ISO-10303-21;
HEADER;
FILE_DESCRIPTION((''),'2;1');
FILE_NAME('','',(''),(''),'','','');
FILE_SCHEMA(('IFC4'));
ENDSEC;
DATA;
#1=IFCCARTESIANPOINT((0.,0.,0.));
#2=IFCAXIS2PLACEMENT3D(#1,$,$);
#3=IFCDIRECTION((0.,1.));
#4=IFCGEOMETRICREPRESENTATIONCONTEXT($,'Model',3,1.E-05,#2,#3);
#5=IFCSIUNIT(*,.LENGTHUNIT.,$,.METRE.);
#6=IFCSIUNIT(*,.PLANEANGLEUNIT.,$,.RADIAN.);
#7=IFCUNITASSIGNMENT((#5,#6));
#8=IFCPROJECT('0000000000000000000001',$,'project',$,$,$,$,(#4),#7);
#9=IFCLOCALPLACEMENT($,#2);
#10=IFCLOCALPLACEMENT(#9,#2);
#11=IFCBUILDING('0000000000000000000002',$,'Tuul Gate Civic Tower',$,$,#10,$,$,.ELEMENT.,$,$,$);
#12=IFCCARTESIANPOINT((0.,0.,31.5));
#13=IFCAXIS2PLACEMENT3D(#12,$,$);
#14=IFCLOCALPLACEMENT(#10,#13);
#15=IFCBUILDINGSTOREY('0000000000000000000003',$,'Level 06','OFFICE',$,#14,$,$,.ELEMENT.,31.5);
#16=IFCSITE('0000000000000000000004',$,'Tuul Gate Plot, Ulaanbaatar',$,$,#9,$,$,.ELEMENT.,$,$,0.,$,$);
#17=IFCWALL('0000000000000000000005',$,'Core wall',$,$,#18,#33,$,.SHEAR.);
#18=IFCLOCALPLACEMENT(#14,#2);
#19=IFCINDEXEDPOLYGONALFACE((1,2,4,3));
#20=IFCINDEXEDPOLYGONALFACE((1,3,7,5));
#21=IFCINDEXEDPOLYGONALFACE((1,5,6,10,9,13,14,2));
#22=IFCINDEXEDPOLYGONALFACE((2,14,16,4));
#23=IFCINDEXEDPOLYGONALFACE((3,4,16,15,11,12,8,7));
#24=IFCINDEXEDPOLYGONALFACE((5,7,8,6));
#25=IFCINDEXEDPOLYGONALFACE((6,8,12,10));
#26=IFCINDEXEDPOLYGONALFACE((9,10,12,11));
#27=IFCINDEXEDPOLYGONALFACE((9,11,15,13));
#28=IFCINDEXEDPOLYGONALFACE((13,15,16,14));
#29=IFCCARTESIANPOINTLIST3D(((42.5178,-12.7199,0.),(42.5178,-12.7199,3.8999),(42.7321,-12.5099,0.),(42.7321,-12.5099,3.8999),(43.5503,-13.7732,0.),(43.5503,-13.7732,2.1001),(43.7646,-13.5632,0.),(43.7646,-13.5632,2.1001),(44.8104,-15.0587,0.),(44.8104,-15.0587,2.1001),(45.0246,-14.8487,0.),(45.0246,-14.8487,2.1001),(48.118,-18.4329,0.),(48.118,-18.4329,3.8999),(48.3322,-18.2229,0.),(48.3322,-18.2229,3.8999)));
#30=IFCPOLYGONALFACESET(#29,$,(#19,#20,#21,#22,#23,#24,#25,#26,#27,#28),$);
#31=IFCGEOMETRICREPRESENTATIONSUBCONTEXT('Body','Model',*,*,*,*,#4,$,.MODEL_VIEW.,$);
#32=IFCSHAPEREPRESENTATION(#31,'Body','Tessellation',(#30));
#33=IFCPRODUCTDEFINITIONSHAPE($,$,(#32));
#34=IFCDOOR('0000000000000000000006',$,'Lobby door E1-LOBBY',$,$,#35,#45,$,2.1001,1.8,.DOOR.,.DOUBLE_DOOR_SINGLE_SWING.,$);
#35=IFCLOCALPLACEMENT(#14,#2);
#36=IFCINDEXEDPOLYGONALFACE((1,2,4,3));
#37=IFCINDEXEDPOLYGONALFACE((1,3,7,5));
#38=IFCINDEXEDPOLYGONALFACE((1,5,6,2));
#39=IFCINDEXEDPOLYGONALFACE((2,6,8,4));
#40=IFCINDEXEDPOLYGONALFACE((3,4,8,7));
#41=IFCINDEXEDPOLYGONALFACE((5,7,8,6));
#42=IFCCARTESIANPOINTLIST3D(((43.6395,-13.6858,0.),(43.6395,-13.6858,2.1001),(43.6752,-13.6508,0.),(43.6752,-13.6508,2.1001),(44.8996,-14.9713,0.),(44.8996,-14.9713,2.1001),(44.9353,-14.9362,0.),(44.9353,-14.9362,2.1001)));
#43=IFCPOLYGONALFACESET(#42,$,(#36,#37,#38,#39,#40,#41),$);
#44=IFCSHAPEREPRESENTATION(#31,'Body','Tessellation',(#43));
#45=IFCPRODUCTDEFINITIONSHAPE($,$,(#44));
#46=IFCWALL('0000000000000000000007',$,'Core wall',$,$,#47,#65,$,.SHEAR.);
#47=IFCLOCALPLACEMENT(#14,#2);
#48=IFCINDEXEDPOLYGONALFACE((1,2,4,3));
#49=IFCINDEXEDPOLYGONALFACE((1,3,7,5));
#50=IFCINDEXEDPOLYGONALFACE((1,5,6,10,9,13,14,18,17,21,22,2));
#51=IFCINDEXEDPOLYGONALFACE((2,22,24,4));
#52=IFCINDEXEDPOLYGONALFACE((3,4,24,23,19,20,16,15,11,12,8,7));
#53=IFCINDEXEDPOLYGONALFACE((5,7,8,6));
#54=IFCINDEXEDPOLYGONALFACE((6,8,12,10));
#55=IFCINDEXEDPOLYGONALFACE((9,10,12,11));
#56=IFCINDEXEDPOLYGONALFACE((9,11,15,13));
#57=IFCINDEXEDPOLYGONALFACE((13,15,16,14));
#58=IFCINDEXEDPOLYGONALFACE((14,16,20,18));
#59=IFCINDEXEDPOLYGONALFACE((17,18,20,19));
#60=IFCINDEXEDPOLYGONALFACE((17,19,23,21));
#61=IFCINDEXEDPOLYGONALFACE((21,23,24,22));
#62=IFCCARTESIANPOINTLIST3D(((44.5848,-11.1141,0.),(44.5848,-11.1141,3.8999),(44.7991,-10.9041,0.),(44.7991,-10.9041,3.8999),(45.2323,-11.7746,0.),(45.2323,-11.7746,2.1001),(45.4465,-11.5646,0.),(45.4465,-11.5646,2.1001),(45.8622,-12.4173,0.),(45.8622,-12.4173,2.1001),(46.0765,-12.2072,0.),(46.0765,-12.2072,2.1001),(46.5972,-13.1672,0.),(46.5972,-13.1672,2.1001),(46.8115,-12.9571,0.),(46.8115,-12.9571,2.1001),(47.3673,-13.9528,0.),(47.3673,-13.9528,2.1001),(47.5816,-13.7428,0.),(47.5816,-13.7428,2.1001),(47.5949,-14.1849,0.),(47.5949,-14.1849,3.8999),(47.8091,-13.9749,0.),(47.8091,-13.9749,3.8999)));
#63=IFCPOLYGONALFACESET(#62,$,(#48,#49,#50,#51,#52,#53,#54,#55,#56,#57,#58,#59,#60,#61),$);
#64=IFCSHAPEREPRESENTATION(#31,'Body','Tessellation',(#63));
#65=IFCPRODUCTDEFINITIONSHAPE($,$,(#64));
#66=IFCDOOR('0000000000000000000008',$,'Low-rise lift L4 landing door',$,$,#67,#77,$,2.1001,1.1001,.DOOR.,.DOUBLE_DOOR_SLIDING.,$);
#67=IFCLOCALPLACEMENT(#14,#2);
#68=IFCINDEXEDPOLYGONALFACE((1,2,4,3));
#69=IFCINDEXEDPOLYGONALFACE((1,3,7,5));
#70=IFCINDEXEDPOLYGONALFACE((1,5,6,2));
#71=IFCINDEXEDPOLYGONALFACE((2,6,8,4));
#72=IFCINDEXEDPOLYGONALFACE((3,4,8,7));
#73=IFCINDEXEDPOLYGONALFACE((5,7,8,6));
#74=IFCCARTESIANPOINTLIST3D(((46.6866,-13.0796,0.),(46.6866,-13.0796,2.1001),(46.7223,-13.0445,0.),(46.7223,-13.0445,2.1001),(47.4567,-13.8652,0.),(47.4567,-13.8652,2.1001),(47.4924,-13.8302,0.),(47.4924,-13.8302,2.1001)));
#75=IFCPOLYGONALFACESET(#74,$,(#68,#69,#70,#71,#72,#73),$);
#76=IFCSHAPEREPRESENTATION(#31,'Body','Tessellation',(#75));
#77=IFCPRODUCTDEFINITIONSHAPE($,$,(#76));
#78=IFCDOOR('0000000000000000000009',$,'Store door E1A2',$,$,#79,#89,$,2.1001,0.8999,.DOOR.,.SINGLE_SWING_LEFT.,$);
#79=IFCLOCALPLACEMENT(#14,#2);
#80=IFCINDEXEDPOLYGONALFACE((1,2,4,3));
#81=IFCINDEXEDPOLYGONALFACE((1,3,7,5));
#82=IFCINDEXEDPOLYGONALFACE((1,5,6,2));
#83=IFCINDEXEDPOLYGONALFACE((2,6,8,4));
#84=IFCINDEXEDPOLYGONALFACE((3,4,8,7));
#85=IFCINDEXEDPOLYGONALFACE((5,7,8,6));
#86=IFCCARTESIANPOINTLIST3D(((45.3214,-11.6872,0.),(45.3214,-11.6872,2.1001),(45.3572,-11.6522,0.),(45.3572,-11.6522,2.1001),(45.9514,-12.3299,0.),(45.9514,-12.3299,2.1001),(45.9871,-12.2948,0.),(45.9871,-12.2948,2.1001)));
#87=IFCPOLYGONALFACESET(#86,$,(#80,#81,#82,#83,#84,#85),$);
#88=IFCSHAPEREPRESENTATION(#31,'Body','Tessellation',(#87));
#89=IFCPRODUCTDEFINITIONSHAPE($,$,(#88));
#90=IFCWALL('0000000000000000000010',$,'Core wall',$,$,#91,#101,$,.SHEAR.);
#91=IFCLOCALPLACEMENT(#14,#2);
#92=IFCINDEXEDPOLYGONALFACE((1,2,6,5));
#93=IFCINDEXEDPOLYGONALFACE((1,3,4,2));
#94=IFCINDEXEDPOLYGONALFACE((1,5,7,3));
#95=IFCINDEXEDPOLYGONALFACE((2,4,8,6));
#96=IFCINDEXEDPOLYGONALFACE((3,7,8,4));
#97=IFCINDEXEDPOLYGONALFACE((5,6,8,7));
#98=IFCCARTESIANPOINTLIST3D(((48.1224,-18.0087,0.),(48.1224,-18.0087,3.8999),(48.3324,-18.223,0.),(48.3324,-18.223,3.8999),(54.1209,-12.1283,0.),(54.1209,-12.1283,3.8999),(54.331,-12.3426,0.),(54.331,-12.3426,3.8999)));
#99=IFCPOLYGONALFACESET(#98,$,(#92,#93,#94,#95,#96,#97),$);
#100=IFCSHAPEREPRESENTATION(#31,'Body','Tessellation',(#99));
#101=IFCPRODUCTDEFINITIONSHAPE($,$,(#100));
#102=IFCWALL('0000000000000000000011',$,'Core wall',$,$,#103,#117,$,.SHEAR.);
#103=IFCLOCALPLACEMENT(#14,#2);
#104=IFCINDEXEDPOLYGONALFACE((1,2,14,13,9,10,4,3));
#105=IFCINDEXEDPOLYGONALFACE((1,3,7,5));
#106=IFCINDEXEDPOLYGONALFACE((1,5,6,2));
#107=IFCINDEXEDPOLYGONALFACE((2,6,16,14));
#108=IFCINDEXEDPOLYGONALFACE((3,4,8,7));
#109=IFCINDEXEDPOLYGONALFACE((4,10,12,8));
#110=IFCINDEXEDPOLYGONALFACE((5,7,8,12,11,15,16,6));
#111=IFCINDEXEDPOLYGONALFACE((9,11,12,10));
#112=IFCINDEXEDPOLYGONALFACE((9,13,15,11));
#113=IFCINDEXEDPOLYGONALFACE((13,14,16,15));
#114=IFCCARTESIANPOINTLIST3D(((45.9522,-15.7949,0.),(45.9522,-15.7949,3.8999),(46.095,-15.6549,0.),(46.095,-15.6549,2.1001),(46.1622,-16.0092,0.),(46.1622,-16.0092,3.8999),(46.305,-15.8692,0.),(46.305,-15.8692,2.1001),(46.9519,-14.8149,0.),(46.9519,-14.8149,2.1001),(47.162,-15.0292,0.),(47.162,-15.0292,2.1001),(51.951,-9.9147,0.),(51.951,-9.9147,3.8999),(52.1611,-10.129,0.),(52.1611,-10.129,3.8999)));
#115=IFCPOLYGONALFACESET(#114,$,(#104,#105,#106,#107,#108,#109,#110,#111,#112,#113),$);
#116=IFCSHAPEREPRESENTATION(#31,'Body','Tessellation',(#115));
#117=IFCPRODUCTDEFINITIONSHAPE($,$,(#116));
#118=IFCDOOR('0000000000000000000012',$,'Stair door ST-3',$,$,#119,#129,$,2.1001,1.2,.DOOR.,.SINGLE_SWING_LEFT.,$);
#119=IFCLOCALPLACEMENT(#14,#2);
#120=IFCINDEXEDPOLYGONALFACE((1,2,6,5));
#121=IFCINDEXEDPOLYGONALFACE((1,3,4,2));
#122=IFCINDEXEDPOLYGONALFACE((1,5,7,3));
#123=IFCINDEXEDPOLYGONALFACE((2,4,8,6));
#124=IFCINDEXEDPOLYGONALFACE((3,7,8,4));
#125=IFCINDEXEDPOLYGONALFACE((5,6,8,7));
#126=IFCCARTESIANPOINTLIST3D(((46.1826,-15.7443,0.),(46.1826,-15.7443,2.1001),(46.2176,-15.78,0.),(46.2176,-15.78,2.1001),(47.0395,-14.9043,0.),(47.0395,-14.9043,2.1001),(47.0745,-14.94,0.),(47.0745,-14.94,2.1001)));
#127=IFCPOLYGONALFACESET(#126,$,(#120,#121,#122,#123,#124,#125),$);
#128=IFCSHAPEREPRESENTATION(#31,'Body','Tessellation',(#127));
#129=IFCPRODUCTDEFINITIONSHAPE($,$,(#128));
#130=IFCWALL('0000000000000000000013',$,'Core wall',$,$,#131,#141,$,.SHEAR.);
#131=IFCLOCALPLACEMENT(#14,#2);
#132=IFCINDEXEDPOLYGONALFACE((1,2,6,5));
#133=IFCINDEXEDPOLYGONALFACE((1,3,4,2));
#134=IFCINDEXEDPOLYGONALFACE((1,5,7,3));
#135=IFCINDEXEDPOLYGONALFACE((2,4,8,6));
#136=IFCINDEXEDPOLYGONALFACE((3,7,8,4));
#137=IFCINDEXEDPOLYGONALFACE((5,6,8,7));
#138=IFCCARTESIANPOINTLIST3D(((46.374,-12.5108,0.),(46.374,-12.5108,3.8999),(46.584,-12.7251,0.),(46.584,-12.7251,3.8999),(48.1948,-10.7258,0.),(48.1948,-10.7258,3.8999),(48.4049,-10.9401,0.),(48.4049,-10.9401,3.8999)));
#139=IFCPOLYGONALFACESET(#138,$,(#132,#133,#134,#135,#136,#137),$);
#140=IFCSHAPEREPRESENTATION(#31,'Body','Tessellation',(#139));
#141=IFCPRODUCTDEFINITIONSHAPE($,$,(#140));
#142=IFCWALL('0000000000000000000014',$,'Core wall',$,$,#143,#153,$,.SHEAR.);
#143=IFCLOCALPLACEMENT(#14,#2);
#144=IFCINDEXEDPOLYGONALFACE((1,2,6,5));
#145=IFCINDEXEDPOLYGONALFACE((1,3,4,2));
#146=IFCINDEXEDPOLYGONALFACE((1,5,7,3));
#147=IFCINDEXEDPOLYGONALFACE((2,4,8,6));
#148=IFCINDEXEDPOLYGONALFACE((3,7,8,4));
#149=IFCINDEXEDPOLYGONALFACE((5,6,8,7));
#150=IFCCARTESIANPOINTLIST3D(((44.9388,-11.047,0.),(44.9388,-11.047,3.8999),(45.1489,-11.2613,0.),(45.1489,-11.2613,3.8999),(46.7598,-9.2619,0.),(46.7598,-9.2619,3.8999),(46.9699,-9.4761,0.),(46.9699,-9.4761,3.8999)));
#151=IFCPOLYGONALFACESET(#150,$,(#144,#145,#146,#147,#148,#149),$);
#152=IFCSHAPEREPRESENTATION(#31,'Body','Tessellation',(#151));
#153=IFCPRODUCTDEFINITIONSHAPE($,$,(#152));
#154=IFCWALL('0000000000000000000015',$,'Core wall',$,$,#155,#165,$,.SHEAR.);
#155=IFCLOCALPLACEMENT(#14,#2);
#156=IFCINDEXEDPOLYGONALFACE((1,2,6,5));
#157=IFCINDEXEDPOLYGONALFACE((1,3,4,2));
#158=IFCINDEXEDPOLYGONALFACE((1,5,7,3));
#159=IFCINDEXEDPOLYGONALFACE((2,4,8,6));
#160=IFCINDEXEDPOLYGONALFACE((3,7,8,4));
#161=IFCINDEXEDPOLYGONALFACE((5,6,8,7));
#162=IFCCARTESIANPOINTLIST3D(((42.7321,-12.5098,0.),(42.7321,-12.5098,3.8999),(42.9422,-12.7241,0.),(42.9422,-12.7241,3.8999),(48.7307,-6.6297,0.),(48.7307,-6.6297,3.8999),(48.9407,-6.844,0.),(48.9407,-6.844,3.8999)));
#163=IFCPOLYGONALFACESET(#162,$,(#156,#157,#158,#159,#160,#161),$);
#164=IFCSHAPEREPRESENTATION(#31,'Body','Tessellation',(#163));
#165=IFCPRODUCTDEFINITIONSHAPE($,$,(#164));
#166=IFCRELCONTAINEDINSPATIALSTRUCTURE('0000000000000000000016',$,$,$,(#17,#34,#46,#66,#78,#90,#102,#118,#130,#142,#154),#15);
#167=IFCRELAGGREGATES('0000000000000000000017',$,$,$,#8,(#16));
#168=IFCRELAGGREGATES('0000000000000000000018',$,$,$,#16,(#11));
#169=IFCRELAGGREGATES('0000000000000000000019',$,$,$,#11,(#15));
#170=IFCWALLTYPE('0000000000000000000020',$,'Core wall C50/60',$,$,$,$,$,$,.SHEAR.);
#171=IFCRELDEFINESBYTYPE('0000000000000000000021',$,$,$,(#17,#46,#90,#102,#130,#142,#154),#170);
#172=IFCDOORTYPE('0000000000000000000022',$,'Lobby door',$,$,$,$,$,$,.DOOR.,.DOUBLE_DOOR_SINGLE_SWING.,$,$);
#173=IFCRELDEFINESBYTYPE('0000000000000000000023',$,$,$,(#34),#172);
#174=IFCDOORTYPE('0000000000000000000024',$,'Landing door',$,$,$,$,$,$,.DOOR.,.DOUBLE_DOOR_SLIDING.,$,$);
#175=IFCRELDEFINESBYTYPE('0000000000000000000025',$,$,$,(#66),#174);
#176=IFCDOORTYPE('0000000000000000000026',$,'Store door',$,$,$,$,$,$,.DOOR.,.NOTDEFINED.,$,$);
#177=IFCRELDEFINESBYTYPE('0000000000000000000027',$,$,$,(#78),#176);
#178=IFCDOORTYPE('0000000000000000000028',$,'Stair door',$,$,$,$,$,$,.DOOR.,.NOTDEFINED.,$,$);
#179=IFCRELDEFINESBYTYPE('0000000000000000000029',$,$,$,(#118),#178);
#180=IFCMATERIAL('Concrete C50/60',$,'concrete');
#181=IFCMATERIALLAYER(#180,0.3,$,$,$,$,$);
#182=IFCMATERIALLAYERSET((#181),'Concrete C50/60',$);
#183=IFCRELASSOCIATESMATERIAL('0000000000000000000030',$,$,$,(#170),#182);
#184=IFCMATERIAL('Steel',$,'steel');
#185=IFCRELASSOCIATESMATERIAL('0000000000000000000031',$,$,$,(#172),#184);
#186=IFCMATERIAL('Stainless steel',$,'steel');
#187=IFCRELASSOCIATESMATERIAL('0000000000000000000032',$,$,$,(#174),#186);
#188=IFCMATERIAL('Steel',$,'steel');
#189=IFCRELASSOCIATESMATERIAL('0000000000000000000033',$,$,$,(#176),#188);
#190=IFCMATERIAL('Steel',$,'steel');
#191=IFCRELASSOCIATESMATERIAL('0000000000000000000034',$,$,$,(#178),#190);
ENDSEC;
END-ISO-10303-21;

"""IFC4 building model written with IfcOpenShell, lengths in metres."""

from ifc_helpers import new_model, si_unit, direction, frame, frame_2d, origin, place, context, subcontext, project, spatial, rectangle, extrude, material, layer, layer_set, type_object, element, fill, save


model = new_model("IFC4")

# Units and contexts
model_context = context("Model", 3, precision=1e-05, world=origin(), true_north=direction((0.0, 1.0)))
body_context = subcontext(model_context, "Body", "Model", "MODEL_VIEW")
ifc_project = project(units=[si_unit("LENGTHUNIT", "METRE"), si_unit("PLANEANGLEUNIT", "RADIAN")], contexts=[model_context])

# Site, building, storey
site_placement = place(None, origin())
site = spatial("IfcSite", under=ifc_project, at=site_placement, Name="Tuul Gate Plot, Ulaanbaatar", CompositionType="ELEMENT", RefElevation=0.0)
building_placement = place(site_placement, origin())
building = spatial("IfcBuilding", under=site, at=building_placement, Name="Tuul Gate Civic Tower", CompositionType="ELEMENT")
storey_placement = place(building_placement, frame((0.0, 0.0, 31.5)))
storey = spatial("IfcBuildingStorey", under=building, at=storey_placement, Name="Level 06", Description="OFFICE", CompositionType="ELEMENT", Elevation=31.5)

# Wall, opening, door
ifc_material_1 = material(Name="Concrete C50/60", Category="concrete")
ifc_layer_1 = layer(ifc_material_1, 0.3)
ifc_layer_set_1 = layer_set([ifc_layer_1], Name="Concrete C50/60")
wall_type_1 = type_object("IfcWallType", Name="Core wall C50/60", PredefinedType="SHEAR", material=ifc_layer_set_1)
wall_1_placement = place(storey_placement, frame((48.2251, -18.3279, 0.0), z_axis=(0.0, 0.0, 1.0), x_axis=(-0.700022, 0.714121, 0.0)))
wall_1 = element("IfcWall", 1, at=wall_1_placement, inside=storey, type_object=wall_type_1, Name="Core wall", PredefinedType="SHEAR", context=body_context, shape_type="SweptSolid", body=[
    extrude(rectangle(XDim=8.0, YDim=0.3, at=frame_2d((4.0, 0.0))), origin(), (0.0, 0.0, 1.0), 3.8999),
])
opening_1_placement = place(wall_1_placement, frame((4.7251, 0.0, 0.0)))
opening_1 = element("IfcOpeningElement", 2, at=opening_1_placement, cuts=wall_1, PredefinedType="OPENING", context=body_context, shape_type="SweptSolid", body=[
    extrude(rectangle(XDim=1.8, YDim=2.1001, at=frame_2d((0.8999, 1.05))), frame((0.0, 0.1602, 0.0), z_axis=(0.0, -1.0, 0.0), x_axis=(1.0, 0.0, 0.0)), (0.0, 0.0, 1.0), 0.3201),
])
ifc_material_2 = material(Name="Steel", Category="steel")
door_type_1 = type_object("IfcDoorType", Name="Lobby door", OperationType="DOUBLE_DOOR_SINGLE_SWING", PredefinedType="DOOR", material=ifc_material_2)
door_1_placement = place(opening_1_placement, frame((1.8, 0.0, 0.0), z_axis=(0.0, 0.0, 1.0), x_axis=(-1.0, 0.0, 0.0)))
door_1 = element("IfcDoor", 3, at=door_1_placement, inside=storey, type_object=door_type_1, Name="Lobby door E1-LOBBY", OperationType="DOUBLE_DOOR_SINGLE_SWING", OverallHeight=2.1001, OverallWidth=1.8, PredefinedType="DOOR", context=body_context, shape_type="SweptSolid", body=[
    extrude(rectangle(XDim=1.8, YDim=2.1001, at=frame_2d((0.9001, 1.05))), frame((0.0, 0.0249, 0.0), z_axis=(0.0, -1.0, 0.0), x_axis=(1.0, 0.0, 0.0)), (0.0, 0.0, 1.0), 0.05),
])
fill(opening_1, door_1)

# Wall, openings, doors
wall_2_placement = place(storey_placement, frame((47.7019, -14.0798, 0.0), z_axis=(0.0, 0.0, 1.0), x_axis=(-0.700003, 0.71414, 0.0)))
wall_2 = element("IfcWall", 4, at=wall_2_placement, inside=storey, type_object=wall_type_1, Name="Core wall", PredefinedType="SHEAR", context=body_context, shape_type="SweptSolid", body=[
    extrude(rectangle(XDim=4.3, YDim=0.3, at=frame_2d((2.1499, 0.0))), origin(), (0.0, 0.0, 1.0), 3.8999),
])
opening_2_placement = place(wall_2_placement, frame((0.325, 0.0, 0.0)))
opening_2 = element("IfcOpeningElement", 5, at=opening_2_placement, cuts=wall_2, PredefinedType="OPENING", context=body_context, shape_type="SweptSolid", body=[
    extrude(rectangle(XDim=1.1001, YDim=2.1001, at=frame_2d((0.55, 1.05))), frame((0.0, 0.1602, 0.0), z_axis=(0.0, -1.0, 0.0), x_axis=(1.0, 0.0, 0.0)), (0.0, 0.0, 1.0), 0.3201),
])
opening_3_placement = place(wall_2_placement, frame((2.4751, 0.0, 0.0)))
opening_3 = element("IfcOpeningElement", 6, at=opening_3_placement, cuts=wall_2, PredefinedType="OPENING", context=body_context, shape_type="SweptSolid", body=[
    extrude(rectangle(XDim=0.8999, YDim=2.1001, at=frame_2d((0.45, 1.05))), frame((0.0, 0.1602, 0.0), z_axis=(0.0, -1.0, 0.0), x_axis=(1.0, 0.0, 0.0)), (0.0, 0.0, 1.0), 0.3201),
])
ifc_material_3 = material(Name="Stainless steel", Category="steel")
door_type_2 = type_object("IfcDoorType", Name="Landing door", OperationType="DOUBLE_DOOR_SLIDING", PredefinedType="DOOR", material=ifc_material_3)
door_2_placement = place(opening_2_placement, origin())
door_2 = element("IfcDoor", 7, at=door_2_placement, inside=storey, type_object=door_type_2, Name="Low-rise lift L4 landing door", OperationType="DOUBLE_DOOR_SLIDING", OverallHeight=2.1001, OverallWidth=1.1001, PredefinedType="DOOR", context=body_context, shape_type="SweptSolid", body=[
    extrude(rectangle(XDim=1.1001, YDim=2.1001, at=frame_2d((0.55, 1.05))), frame((0.0, 0.0249, 0.0), z_axis=(0.0, -1.0, 0.0), x_axis=(1.0, 0.0, 0.0)), (0.0, 0.0, 1.0), 0.05),
])
fill(opening_2, door_2)
ifc_material_4 = material(Name="Steel", Category="steel")
door_type_3 = type_object("IfcDoorType", Name="Store door", OperationType="NOTDEFINED", PredefinedType="DOOR", material=ifc_material_4)
door_3_placement = place(opening_3_placement, frame((0.8999, 0.0, 0.0), z_axis=(0.0, 0.0, 1.0), x_axis=(-1.0, 0.0, 0.0)))
door_3 = element("IfcDoor", 8, at=door_3_placement, inside=storey, type_object=door_type_3, Name="Store door E1A2", OperationType="SINGLE_SWING_LEFT", OverallHeight=2.1001, OverallWidth=0.8999, PredefinedType="DOOR", context=body_context, shape_type="SweptSolid", body=[
    extrude(rectangle(XDim=0.8999, YDim=2.1001, at=frame_2d((0.45, 1.05))), frame((0.0, 0.0249, 0.0), z_axis=(0.0, -1.0, 0.0), x_axis=(1.0, 0.0, 0.0)), (0.0, 0.0, 1.0), 0.05),
])
fill(opening_3, door_3)

# Wall
wall_3_placement = place(storey_placement, frame((48.2273, -18.116, 0.0), z_axis=(0.0, 0.0, 1.0), x_axis=(0.714105, 0.700038, 0.0)))
element("IfcWall", 9, at=wall_3_placement, inside=storey, type_object=wall_type_1, Name="Core wall", PredefinedType="SHEAR", context=body_context, shape_type="SweptSolid", body=[
    extrude(rectangle(XDim=8.4001, YDim=0.3, at=frame_2d((4.2002, 0.0))), origin(), (0.0, 0.0, 1.0), 3.8999),
])

# Wall, opening, door
wall_4_placement = place(storey_placement, frame((46.0571, -15.9021, 0.0), z_axis=(0.0, 0.0, 1.0), x_axis=(0.714134, 0.700009, 0.0)))
wall_4 = element("IfcWall", 10, at=wall_4_placement, inside=storey, type_object=wall_type_1, Name="Core wall", PredefinedType="SHEAR", context=body_context, shape_type="SweptSolid", body=[
    extrude(rectangle(XDim=8.4001, YDim=0.3, at=frame_2d((4.2002, 0.0))), origin(), (0.0, 0.0, 1.0), 3.8999),
])
opening_4_placement = place(wall_4_placement, frame((0.2, 0.0, 0.0)))
opening_4 = element("IfcOpeningElement", 11, at=opening_4_placement, cuts=wall_4, PredefinedType="OPENING", context=body_context, shape_type="SweptSolid", body=[
    extrude(rectangle(XDim=1.2, YDim=2.1001, at=frame_2d((0.6001, 1.05))), frame((0.0, 0.1602, 0.0), z_axis=(0.0, -1.0, 0.0), x_axis=(1.0, 0.0, 0.0)), (0.0, 0.0, 1.0), 0.3201),
])
ifc_material_5 = material(Name="Steel", Category="steel")
door_type_4 = type_object("IfcDoorType", Name="Stair door", OperationType="NOTDEFINED", PredefinedType="DOOR", material=ifc_material_5)
door_4_placement = place(opening_4_placement, origin())
door_4 = element("IfcDoor", 12, at=door_4_placement, inside=storey, type_object=door_type_4, Name="Stair door ST-3", OperationType="SINGLE_SWING_LEFT", OverallHeight=2.1001, OverallWidth=1.2, PredefinedType="DOOR", context=body_context, shape_type="SweptSolid", body=[
    extrude(rectangle(XDim=1.2, YDim=2.1001, at=frame_2d((0.6001, 1.05))), frame((0.0, 0.0249, 0.0), z_axis=(0.0, -1.0, 0.0), x_axis=(1.0, 0.0, 0.0)), (0.0, 0.0, 1.0), 0.05),
])
fill(opening_4, door_4)

# Walls
wall_5_placement = place(storey_placement, frame((46.479, -12.6179, 0.0), z_axis=(0.0, 0.0, 1.0), x_axis=(0.714109, 0.700034, 0.0)))
element("IfcWall", 13, at=wall_5_placement, inside=storey, type_object=wall_type_1, Name="Core wall", PredefinedType="SHEAR", context=body_context, shape_type="SweptSolid", body=[
    extrude(rectangle(XDim=2.5498, YDim=0.3, at=frame_2d((1.2749, 0.0))), origin(), (0.0, 0.0, 1.0), 3.8999),
])
wall_6_placement = place(storey_placement, frame((45.0439, -11.1541, 0.0), z_axis=(0.0, 0.0, 1.0), x_axis=(0.714108, 0.700035, 0.0)))
element("IfcWall", 14, at=wall_6_placement, inside=storey, type_object=wall_type_1, Name="Core wall", PredefinedType="SHEAR", context=body_context, shape_type="SweptSolid", body=[
    extrude(rectangle(XDim=2.55, YDim=0.3, at=frame_2d((1.2749, 0.0))), origin(), (0.0, 0.0, 1.0), 3.8999),
])
wall_7_placement = place(storey_placement, frame((42.8372, -12.6169, 0.0), z_axis=(0.0, 0.0, 1.0), x_axis=(0.71412, 0.700023, 0.0)))
element("IfcWall", 15, at=wall_7_placement, inside=storey, type_object=wall_type_1, Name="Core wall", PredefinedType="SHEAR", context=body_context, shape_type="SweptSolid", body=[
    extrude(rectangle(XDim=8.3999, YDim=0.3, at=frame_2d((4.2, 0.0))), origin(), (0.0, 0.0, 1.0), 3.8999),
])

save(model, "model.ifc")
